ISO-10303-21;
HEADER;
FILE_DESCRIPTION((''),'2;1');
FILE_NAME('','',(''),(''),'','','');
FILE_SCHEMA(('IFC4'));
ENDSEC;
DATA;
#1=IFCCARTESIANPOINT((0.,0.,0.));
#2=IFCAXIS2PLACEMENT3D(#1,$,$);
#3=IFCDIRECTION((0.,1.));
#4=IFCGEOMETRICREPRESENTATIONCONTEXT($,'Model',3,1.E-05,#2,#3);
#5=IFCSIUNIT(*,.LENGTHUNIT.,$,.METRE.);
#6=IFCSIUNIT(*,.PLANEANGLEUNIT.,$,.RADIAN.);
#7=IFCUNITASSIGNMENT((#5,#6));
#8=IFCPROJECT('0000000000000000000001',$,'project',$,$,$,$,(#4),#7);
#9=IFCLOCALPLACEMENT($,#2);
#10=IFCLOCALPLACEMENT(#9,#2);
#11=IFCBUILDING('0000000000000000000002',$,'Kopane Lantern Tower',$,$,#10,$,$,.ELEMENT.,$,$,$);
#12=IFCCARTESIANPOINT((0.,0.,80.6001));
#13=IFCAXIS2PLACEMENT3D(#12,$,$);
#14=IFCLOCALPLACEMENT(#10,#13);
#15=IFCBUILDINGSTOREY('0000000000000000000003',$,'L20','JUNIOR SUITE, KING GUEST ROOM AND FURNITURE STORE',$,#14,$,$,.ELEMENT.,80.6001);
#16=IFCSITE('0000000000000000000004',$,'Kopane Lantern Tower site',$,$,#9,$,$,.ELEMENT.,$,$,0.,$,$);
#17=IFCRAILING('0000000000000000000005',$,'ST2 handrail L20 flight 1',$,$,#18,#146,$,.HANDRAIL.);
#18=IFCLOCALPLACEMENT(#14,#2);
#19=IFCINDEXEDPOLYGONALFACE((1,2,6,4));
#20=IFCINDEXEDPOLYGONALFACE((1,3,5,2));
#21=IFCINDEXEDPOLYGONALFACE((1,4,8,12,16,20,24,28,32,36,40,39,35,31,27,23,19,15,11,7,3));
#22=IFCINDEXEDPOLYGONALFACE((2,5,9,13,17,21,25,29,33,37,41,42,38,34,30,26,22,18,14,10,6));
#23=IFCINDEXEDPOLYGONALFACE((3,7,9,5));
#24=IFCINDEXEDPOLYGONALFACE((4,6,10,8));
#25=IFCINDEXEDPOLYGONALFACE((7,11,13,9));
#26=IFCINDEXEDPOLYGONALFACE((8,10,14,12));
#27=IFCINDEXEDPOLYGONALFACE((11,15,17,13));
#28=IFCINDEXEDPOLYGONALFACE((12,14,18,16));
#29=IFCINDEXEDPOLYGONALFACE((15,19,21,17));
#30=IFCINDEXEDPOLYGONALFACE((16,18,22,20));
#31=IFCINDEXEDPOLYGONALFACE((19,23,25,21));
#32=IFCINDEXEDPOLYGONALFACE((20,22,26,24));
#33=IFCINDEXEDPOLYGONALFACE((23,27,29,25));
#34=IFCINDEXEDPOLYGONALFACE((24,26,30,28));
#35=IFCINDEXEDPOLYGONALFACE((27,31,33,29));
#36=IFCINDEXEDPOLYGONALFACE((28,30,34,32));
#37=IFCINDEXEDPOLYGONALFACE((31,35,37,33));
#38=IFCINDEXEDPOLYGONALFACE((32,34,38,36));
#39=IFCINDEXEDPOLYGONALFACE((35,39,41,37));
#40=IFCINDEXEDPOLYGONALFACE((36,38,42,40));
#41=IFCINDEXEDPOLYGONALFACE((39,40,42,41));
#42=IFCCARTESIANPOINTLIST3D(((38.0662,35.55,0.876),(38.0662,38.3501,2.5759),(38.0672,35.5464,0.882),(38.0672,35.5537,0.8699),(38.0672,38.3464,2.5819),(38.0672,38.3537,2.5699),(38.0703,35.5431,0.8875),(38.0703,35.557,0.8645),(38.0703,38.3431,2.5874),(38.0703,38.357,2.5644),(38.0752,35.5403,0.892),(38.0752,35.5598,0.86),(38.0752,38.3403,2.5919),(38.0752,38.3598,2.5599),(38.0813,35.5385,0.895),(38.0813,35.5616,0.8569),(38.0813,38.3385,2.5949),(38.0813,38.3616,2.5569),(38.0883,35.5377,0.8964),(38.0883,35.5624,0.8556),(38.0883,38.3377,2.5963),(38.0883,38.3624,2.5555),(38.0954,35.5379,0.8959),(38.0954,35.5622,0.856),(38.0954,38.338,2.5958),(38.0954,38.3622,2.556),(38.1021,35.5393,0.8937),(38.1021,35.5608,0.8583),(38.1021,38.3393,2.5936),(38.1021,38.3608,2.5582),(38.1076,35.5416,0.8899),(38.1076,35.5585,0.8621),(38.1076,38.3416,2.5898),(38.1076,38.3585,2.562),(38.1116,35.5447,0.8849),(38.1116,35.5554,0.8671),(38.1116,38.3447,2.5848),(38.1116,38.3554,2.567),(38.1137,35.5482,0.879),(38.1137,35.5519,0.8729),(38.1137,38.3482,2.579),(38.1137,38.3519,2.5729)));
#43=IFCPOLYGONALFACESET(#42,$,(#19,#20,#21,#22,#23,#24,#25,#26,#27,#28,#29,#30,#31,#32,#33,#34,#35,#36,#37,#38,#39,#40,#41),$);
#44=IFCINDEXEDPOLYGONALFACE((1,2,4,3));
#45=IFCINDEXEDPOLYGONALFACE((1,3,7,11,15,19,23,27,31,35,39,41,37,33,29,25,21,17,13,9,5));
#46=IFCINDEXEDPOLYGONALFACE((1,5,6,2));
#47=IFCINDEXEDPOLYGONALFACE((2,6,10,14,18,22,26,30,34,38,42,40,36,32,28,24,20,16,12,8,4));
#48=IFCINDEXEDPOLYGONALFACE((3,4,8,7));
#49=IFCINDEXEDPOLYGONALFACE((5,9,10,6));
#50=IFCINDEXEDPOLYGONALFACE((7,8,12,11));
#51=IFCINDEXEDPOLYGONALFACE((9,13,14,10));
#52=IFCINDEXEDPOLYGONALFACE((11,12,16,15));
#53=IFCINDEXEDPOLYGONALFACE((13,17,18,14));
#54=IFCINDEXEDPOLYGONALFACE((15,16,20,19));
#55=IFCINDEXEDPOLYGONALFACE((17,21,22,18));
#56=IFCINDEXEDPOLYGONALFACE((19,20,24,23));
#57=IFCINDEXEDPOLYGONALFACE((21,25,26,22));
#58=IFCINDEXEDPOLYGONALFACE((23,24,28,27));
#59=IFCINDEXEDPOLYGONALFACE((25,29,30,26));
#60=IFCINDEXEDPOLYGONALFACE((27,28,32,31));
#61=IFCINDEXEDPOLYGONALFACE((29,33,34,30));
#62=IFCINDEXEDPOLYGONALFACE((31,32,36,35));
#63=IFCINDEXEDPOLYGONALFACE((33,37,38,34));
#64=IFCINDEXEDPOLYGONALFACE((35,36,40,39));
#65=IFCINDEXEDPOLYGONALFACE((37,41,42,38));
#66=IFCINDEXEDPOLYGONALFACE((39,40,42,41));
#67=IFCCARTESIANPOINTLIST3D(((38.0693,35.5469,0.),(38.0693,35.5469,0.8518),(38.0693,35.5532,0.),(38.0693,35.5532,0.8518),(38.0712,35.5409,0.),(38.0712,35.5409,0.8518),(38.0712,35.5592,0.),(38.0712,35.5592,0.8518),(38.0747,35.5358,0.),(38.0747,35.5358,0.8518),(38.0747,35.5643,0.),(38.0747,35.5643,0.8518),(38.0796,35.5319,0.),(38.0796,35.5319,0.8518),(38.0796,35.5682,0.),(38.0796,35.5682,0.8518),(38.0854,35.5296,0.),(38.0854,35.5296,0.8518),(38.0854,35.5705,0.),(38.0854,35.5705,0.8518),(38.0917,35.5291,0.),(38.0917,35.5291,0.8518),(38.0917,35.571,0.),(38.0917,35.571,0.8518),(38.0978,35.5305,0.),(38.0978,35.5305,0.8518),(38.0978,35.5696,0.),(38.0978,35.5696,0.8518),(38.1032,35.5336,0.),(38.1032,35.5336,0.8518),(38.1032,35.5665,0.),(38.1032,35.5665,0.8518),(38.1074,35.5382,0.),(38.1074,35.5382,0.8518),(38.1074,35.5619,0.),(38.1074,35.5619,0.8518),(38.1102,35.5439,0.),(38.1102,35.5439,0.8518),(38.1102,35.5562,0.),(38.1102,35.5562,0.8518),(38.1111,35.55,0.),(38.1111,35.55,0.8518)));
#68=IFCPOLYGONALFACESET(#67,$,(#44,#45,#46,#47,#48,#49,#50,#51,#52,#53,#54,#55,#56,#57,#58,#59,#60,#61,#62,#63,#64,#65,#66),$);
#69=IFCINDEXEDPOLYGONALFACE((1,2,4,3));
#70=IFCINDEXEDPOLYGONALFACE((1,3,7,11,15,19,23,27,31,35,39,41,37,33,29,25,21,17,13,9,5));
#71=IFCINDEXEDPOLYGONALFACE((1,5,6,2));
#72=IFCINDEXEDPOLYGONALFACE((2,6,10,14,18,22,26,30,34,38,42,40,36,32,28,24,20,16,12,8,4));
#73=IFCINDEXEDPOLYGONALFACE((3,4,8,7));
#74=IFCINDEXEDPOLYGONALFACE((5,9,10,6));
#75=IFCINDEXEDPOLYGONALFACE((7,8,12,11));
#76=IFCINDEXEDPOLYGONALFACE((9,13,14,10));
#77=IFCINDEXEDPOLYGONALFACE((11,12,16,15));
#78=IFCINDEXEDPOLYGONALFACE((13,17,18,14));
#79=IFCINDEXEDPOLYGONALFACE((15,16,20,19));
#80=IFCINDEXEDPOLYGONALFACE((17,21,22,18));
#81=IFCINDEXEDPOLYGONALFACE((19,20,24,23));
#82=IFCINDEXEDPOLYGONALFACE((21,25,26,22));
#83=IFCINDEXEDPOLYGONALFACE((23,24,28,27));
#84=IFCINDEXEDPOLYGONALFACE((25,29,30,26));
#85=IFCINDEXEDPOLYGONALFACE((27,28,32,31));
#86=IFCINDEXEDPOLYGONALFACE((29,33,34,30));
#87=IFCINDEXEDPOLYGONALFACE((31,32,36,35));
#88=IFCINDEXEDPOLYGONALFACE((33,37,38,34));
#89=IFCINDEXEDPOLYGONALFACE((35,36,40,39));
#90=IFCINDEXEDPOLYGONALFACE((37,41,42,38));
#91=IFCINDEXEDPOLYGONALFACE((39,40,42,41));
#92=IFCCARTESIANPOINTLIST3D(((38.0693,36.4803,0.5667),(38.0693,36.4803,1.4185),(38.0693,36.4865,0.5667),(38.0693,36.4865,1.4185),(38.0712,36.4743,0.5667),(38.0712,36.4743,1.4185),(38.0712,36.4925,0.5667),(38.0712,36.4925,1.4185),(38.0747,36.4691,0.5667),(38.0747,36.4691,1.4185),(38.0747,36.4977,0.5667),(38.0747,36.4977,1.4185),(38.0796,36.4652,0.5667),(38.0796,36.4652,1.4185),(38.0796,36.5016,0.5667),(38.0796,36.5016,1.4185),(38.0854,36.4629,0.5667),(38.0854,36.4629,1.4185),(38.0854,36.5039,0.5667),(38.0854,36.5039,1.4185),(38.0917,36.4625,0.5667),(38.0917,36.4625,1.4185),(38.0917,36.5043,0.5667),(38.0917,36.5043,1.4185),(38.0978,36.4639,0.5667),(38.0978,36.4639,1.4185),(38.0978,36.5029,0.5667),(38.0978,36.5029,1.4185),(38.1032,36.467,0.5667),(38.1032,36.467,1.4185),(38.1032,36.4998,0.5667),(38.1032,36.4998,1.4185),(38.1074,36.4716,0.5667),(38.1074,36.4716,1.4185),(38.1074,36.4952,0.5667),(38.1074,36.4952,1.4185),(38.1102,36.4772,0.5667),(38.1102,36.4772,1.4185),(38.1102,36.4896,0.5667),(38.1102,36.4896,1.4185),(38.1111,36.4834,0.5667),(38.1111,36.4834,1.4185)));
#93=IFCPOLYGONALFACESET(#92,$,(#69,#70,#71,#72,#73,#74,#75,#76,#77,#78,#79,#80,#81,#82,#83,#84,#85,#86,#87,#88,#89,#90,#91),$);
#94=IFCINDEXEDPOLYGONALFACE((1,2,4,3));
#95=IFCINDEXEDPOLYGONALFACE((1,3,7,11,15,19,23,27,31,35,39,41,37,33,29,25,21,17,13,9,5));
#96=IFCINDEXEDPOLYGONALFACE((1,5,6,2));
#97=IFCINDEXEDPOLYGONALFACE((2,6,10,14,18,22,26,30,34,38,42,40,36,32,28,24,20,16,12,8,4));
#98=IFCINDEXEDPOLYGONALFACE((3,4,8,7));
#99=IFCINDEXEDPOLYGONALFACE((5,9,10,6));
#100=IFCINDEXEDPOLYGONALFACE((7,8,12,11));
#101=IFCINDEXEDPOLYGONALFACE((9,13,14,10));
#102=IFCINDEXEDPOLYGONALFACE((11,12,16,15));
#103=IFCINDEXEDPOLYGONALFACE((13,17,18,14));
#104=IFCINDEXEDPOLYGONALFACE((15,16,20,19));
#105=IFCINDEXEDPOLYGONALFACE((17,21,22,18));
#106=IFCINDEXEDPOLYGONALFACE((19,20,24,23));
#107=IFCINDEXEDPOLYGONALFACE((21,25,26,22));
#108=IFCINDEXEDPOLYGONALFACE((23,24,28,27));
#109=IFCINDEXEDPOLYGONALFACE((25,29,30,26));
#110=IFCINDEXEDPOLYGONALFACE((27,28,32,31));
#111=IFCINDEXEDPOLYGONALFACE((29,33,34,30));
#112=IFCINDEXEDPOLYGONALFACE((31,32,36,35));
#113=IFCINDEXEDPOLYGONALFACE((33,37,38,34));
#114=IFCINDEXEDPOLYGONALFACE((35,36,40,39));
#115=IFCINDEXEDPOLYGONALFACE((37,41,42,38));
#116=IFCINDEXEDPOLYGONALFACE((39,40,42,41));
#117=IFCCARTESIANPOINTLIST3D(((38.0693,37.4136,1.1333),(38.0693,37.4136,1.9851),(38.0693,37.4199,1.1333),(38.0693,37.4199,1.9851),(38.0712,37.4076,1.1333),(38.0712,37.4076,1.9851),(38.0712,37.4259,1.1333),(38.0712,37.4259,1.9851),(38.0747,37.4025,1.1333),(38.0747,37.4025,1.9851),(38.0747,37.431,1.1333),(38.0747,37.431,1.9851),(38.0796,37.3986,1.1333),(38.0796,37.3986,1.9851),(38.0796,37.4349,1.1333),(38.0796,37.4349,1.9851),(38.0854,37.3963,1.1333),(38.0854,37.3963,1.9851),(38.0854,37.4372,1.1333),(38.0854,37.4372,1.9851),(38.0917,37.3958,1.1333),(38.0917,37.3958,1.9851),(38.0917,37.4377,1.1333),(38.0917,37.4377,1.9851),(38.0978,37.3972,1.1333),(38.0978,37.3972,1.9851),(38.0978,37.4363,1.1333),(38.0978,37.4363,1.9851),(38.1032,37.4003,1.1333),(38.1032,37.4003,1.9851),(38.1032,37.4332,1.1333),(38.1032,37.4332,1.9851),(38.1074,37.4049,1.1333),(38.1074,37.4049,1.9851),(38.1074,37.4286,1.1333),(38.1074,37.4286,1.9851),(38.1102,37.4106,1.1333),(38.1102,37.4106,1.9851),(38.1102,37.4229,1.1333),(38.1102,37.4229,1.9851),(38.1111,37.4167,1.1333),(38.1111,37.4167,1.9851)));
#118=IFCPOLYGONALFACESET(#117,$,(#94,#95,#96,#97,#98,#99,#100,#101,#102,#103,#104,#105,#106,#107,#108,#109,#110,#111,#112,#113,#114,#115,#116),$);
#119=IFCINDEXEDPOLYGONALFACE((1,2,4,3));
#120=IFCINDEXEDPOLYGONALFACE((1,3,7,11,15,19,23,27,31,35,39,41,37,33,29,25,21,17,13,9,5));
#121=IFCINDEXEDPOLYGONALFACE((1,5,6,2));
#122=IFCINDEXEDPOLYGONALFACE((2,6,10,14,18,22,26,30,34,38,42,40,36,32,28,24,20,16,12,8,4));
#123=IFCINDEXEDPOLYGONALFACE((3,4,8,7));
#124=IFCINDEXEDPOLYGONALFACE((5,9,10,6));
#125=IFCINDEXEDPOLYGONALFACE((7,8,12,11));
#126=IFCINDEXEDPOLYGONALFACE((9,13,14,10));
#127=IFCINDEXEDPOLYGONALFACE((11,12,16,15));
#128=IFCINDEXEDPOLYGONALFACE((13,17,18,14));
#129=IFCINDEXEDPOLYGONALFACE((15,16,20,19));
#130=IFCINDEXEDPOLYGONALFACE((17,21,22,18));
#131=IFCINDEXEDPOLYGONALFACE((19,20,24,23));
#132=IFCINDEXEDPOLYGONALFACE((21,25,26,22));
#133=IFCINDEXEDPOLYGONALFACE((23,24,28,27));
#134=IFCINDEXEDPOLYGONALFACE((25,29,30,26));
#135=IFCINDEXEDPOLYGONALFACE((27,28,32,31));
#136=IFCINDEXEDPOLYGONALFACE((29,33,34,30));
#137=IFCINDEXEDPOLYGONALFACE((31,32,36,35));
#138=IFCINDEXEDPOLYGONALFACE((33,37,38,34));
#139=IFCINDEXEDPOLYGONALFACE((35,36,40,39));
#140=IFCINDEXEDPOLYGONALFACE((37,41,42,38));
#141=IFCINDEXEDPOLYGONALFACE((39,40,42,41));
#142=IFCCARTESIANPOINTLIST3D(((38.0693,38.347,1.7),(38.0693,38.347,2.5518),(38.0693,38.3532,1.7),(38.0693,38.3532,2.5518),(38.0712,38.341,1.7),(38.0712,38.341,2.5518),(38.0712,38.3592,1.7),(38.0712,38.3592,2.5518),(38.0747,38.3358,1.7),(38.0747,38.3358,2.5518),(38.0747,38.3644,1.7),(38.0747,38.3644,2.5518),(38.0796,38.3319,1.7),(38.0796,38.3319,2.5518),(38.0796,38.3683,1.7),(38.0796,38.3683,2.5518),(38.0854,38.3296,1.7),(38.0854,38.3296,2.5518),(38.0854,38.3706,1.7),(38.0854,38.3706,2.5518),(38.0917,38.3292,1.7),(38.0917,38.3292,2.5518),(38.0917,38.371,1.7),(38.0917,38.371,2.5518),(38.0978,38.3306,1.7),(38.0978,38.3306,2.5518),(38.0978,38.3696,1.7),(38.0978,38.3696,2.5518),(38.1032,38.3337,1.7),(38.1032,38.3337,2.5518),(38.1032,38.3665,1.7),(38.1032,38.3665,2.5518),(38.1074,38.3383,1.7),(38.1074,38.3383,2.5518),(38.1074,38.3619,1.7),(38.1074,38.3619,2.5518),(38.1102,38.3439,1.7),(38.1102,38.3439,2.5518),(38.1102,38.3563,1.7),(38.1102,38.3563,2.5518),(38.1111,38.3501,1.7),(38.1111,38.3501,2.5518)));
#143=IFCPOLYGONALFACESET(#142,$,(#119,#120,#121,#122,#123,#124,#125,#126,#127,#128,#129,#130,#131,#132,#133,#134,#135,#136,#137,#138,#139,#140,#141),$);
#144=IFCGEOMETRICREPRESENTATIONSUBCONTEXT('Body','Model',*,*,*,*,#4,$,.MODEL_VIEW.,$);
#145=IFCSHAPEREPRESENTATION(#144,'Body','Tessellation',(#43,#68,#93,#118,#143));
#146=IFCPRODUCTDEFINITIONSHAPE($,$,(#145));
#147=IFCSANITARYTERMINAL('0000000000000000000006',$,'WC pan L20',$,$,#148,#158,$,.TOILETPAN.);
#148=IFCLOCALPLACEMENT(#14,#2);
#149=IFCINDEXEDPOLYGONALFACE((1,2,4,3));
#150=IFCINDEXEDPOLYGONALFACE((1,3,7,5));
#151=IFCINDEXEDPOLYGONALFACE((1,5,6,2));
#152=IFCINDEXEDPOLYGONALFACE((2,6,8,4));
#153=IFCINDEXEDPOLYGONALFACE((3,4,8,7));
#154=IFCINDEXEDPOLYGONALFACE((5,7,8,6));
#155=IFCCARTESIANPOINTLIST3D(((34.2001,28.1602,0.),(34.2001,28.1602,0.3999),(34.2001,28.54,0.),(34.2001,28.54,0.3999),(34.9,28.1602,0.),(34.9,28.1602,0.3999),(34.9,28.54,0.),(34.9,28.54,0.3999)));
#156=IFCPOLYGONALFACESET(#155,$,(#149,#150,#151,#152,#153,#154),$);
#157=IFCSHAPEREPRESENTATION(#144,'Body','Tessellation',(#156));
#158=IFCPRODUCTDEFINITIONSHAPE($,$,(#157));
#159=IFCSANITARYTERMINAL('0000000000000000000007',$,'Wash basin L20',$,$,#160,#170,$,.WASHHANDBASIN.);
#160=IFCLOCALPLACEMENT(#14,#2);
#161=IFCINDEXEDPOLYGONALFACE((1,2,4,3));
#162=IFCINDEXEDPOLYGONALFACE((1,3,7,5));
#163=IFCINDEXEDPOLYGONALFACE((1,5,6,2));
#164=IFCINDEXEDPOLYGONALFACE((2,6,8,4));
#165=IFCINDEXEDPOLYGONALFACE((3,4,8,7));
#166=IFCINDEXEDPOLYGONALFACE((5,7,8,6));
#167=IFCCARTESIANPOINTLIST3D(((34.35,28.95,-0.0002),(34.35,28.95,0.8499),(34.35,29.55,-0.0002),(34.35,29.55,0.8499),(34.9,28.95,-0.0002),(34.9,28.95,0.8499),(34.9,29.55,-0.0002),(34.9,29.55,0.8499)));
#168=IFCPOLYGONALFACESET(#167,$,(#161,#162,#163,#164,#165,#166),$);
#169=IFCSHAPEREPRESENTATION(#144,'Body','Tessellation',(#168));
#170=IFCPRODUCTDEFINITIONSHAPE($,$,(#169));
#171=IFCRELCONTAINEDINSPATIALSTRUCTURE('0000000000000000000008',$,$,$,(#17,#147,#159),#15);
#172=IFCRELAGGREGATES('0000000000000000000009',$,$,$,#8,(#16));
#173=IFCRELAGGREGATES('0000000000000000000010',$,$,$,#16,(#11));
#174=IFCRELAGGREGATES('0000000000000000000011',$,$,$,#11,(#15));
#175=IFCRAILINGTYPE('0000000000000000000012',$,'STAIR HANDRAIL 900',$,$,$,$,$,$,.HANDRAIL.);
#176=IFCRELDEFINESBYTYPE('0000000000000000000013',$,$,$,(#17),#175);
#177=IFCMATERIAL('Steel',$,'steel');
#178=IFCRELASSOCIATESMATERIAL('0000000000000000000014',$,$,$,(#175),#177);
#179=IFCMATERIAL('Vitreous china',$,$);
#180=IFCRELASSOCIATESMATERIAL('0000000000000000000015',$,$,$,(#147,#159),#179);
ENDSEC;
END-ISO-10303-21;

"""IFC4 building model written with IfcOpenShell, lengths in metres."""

from ifc_helpers import new_model, si_unit, direction, frame, origin, origin_2d, place, context, subcontext, project, spatial, rectangle, circle, extrude, material, type_object, element, save


model = new_model("IFC4")

# Units and contexts
model_context = context("Model", 3, precision=1e-05, world=origin(), true_north=direction((0.0, 1.0)))
body_context = subcontext(model_context, "Body", "Model", "MODEL_VIEW")
ifc_project = project(units=[si_unit("LENGTHUNIT", "METRE"), si_unit("PLANEANGLEUNIT", "RADIAN")], contexts=[model_context])

# Site, building, storey
site_placement = place(None, origin())
site = spatial("IfcSite", under=ifc_project, at=site_placement, Name="Kopane Lantern Tower site", CompositionType="ELEMENT", RefElevation=0.0)
building_placement = place(site_placement, origin())
building = spatial("IfcBuilding", under=site, at=building_placement, Name="Kopane Lantern Tower", CompositionType="ELEMENT")
storey_placement = place(building_placement, frame((0.0, 0.0, 80.6001)))
storey = spatial("IfcBuildingStorey", under=building, at=storey_placement, Name="L20", Description="JUNIOR SUITE, KING GUEST ROOM AND FURNITURE STORE", CompositionType="ELEMENT", Elevation=80.6001)

# Railing
ifc_material_1 = material(Name="Steel", Category="steel")
railing_type = type_object("IfcRailingType", Name="STAIR HANDRAIL 900", PredefinedType="HANDRAIL", material=ifc_material_1)
for number, where, name in (
    (1, (38.0901, 35.55, 0.0), "ST2 handrail L20 flight 1"),
):
    element("IfcRailing", number, at=place(storey_placement, frame(where)), inside=storey, type_object=railing_type, Name=name, PredefinedType="HANDRAIL", context=body_context, shape_type="SweptSolid", body=[
        extrude(circle(Radius=0.0239, at=origin_2d()), frame((0.0, 0.0, 0.876), z_axis=(0.0, 0.854798, 0.518961), x_axis=(-1.0, 0.0, 0.0)), (0.0, 0.0, 1.0), 3.2756),
        extrude(circle(Radius=0.021, at=origin_2d()), origin(), (0.0, 0.0, 1.0), 0.8518),
        extrude(circle(Radius=0.021, at=origin_2d()), frame((0.0, 0.9333, 0.5667)), (0.0, 0.0, 1.0), 0.8518),
        extrude(circle(Radius=0.021, at=origin_2d()), frame((0.0, 1.8667, 1.1333)), (0.0, 0.0, 1.0), 0.8518),
        extrude(circle(Radius=0.021, at=origin_2d()), frame((0.0, 2.8, 1.7)), (0.0, 0.0, 1.0), 0.8518),
    ])

# Sanitary terminals
ifc_material_2 = material(Name="Vitreous china")
sanitary_terminal_1_placement = place(storey_placement, frame((34.55, 28.3501, 0.0), z_axis=(0.0, 0.0, 1.0), x_axis=(1.0, 0.0, 0.0)))
element("IfcSanitaryTerminal", 2, at=sanitary_terminal_1_placement, inside=storey, material=ifc_material_2, Name="WC pan L20", PredefinedType="TOILETPAN", context=body_context, shape_type="SweptSolid", body=[
    extrude(rectangle(XDim=0.7, YDim=0.3799, at=origin_2d()), origin(), (0.0, 0.0, 1.0), 0.3999),
])
sanitary_terminal_2_placement = place(storey_placement, frame((34.625, 29.25, -0.0002), z_axis=(0.0, 0.0, 1.0), x_axis=(1.0, 0.0, 0.0)))
element("IfcSanitaryTerminal", 3, at=sanitary_terminal_2_placement, inside=storey, material=ifc_material_2, Name="Wash basin L20", PredefinedType="WASHHANDBASIN", context=body_context, shape_type="SweptSolid", body=[
    extrude(rectangle(XDim=0.55, YDim=0.6001, at=origin_2d()), origin(), (0.0, 0.0, 1.0), 0.8501),
])

save(model, "model.ifc")
